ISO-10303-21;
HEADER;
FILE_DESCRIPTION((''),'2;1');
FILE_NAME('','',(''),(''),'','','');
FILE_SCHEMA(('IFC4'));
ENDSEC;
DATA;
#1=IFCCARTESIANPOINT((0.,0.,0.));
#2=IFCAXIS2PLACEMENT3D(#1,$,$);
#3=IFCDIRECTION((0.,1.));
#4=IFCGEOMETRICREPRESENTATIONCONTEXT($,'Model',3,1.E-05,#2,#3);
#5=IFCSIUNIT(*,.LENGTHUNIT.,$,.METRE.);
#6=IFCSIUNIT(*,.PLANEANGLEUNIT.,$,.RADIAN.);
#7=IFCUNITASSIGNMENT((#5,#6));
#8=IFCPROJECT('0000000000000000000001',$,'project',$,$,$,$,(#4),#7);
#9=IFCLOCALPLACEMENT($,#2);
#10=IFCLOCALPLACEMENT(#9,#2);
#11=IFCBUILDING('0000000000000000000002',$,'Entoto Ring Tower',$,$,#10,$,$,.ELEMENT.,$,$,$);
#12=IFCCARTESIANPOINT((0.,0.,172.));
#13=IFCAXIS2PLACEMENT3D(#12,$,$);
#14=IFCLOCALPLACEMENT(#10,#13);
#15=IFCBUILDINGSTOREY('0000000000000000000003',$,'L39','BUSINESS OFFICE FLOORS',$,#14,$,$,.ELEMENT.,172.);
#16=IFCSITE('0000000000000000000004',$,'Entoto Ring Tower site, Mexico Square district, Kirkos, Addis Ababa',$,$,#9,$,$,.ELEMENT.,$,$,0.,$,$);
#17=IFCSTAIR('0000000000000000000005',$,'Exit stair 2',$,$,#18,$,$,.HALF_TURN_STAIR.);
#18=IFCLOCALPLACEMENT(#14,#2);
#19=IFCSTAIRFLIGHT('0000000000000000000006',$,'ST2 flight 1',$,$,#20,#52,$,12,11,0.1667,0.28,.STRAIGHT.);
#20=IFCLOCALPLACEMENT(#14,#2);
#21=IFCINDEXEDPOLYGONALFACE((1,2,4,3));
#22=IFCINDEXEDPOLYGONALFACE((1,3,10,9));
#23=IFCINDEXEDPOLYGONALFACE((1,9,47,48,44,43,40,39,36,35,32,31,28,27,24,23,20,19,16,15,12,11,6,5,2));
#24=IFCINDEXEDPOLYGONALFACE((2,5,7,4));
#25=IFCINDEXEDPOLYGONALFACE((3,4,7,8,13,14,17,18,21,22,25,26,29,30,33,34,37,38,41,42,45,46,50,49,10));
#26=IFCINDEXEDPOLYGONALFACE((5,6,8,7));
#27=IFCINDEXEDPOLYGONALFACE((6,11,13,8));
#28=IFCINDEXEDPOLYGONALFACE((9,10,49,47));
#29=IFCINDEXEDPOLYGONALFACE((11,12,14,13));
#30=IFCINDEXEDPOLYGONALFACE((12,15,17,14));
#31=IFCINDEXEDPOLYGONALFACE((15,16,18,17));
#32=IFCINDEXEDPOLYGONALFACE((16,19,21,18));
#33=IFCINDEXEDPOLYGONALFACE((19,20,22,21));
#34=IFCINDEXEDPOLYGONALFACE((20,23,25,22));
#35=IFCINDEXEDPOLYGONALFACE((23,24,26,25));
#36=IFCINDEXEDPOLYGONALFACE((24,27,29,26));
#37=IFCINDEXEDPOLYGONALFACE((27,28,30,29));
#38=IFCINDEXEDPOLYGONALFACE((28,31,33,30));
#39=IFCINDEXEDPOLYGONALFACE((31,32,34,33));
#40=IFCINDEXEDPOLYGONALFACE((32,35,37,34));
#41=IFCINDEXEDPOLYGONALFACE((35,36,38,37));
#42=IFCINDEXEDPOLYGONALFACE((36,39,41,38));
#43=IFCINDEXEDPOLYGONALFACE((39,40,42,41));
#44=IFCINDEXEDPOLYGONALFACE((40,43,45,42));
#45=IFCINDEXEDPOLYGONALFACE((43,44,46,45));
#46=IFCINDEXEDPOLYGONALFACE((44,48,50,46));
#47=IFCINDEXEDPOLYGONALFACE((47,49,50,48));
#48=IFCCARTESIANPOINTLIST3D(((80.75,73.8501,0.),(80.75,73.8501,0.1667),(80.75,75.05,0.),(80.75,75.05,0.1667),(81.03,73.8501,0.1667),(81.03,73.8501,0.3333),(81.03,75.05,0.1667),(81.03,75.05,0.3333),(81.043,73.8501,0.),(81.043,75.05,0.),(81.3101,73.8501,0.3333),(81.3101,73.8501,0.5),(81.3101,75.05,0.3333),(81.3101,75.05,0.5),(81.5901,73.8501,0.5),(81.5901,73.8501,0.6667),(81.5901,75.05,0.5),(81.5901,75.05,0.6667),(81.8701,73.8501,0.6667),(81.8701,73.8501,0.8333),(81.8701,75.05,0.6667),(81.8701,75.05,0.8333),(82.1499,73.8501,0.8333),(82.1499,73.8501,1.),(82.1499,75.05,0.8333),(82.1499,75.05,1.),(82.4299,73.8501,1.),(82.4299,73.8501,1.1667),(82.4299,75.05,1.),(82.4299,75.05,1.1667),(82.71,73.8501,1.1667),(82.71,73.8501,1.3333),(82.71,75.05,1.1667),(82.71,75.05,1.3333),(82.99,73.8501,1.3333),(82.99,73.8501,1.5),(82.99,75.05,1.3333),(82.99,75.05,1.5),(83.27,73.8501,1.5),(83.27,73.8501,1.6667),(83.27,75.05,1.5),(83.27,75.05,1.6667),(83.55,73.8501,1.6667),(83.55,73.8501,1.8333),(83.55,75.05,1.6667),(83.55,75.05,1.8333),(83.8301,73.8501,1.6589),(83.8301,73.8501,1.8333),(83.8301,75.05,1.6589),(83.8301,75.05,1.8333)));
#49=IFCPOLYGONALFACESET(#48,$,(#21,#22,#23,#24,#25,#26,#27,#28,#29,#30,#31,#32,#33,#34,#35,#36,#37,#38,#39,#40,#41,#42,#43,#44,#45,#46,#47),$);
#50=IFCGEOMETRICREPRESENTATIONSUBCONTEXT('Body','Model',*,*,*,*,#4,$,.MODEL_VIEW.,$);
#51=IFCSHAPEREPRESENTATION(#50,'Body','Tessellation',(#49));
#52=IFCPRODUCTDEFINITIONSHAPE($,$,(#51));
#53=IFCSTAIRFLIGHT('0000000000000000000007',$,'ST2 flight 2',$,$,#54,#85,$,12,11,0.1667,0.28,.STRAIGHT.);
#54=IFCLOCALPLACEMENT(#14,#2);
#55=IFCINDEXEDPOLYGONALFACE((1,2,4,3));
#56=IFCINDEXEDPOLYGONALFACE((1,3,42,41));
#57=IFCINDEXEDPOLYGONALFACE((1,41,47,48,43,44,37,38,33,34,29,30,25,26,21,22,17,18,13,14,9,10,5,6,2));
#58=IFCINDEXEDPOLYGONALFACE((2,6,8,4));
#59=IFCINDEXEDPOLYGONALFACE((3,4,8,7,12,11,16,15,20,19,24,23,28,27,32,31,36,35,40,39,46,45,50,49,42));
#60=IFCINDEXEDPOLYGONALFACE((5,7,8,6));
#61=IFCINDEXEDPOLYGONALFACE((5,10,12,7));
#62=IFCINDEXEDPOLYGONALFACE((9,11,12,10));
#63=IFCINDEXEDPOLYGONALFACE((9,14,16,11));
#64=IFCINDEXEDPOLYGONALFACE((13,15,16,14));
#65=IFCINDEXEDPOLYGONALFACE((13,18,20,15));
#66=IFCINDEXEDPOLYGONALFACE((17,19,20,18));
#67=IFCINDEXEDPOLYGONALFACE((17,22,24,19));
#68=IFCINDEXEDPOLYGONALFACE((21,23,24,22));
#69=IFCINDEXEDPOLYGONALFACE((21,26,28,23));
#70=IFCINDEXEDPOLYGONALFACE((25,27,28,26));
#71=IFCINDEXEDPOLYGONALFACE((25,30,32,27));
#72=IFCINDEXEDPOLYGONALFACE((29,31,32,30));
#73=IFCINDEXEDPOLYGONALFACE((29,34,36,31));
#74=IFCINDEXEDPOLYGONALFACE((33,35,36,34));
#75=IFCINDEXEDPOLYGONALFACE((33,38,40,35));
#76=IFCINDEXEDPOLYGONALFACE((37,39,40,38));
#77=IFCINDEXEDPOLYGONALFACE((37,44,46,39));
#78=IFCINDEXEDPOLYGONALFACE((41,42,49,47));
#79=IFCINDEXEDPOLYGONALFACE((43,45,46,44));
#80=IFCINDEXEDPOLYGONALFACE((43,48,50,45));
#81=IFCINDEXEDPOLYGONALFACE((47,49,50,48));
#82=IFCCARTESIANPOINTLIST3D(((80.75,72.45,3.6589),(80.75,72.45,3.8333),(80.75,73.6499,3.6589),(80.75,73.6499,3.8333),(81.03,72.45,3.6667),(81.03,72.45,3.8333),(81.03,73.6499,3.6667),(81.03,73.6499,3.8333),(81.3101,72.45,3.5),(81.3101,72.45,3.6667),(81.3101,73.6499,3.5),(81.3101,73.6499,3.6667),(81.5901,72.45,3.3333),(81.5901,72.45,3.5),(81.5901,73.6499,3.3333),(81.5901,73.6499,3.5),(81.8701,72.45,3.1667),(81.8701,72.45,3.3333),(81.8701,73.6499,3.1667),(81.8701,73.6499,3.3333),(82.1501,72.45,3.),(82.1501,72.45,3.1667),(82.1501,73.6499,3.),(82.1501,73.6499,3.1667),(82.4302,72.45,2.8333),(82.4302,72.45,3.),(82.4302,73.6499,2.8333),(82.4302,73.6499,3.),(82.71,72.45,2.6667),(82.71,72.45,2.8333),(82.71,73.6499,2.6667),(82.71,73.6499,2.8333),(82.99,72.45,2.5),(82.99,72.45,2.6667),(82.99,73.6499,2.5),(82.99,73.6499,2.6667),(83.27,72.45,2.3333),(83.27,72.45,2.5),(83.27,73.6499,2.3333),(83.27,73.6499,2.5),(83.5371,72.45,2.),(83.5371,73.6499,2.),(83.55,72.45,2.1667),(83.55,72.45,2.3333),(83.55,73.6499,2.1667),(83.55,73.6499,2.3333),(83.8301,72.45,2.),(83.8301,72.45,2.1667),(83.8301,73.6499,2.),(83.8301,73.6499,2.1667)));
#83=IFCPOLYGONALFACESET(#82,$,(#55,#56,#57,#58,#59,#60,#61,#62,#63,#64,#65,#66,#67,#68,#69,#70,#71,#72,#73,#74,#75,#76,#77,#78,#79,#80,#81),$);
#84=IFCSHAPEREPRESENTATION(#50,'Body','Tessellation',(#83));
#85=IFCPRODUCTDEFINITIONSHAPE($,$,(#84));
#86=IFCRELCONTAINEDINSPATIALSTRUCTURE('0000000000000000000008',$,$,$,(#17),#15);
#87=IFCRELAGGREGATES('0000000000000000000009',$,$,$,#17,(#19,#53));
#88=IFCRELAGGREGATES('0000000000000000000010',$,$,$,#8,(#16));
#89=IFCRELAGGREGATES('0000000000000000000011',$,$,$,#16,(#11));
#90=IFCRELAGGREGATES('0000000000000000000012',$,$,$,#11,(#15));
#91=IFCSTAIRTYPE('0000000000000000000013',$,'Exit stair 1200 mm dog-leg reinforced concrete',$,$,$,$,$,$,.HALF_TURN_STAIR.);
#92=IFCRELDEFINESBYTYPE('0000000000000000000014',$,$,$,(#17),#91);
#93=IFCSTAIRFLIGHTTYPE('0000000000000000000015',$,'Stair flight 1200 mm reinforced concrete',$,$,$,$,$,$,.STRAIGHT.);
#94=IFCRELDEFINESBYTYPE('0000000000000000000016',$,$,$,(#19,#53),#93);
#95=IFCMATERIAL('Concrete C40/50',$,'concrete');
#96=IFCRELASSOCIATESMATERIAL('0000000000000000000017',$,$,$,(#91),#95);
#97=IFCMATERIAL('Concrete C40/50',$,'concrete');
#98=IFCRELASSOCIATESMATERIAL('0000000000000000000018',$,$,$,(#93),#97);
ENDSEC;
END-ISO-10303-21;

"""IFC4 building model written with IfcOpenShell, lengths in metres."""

from ifc_helpers import new_model, si_unit, direction, frame, origin, place, context, subcontext, project, spatial, polyline, outline, extrude, material, type_object, element, aggregate, save


model = new_model("IFC4")

# Units and contexts
model_context = context("Model", 3, precision=1e-05, world=origin(), true_north=direction((0.0, 1.0)))
body_context = subcontext(model_context, "Body", "Model", "MODEL_VIEW")
ifc_project = project(units=[si_unit("LENGTHUNIT", "METRE"), si_unit("PLANEANGLEUNIT", "RADIAN")], contexts=[model_context])

# Site, building, storey
site_placement = place(None, origin())
site = spatial("IfcSite", under=ifc_project, at=site_placement, Name="Entoto Ring Tower site, Mexico Square district, Kirkos, Addis Ababa", CompositionType="ELEMENT", RefElevation=0.0)
building_placement = place(site_placement, origin())
building = spatial("IfcBuilding", under=site, at=building_placement, Name="Entoto Ring Tower", CompositionType="ELEMENT")
storey_placement = place(building_placement, frame((0.0, 0.0, 172.0)))
storey = spatial("IfcBuildingStorey", under=building, at=storey_placement, Name="L39", Description="BUSINESS OFFICE FLOORS", CompositionType="ELEMENT", Elevation=172.0)

# Stair, stair flights
ifc_material_1 = material(Name="Concrete C40/50", Category="concrete")
stair_type = type_object("IfcStairType", Name="Exit stair 1200 mm dog-leg reinforced concrete", PredefinedType="HALF_TURN_STAIR", material=ifc_material_1)
stair_placement = place(storey_placement, origin())
stair = element("IfcStair", 1, at=stair_placement, inside=storey, type_object=stair_type, Name="Exit stair 2", PredefinedType="HALF_TURN_STAIR")
ifc_material_2 = material(Name="Concrete C40/50", Category="concrete")
stair_flight_type = type_object("IfcStairFlightType", Name="Stair flight 1200 mm reinforced concrete", PredefinedType="STRAIGHT", material=ifc_material_2)
stair_flight_1_placement = place(storey_placement, frame((80.75, 74.45, 0.0), z_axis=(0.0, 0.0, 1.0), x_axis=(1.0, 0.0, 0.0)))
stair_flight_1 = element("IfcStairFlight", 2, at=stair_flight_1_placement, type_object=stair_flight_type, Name="ST2 flight 1", NumberOfRisers=12, NumberOfTreads=11, PredefinedType="STRAIGHT", RiserHeight=0.1667, TreadLength=0.28, context=body_context, shape_type="SweptSolid", body=[
    extrude(outline(polyline([(0.0, 0.0), (0.0, 0.1667), (0.28, 0.1667), (0.28, 0.3333), (0.5601, 0.3333), (0.5601, 0.5), (0.8401, 0.5), (0.8401, 0.6667), (1.1201, 0.6667), (1.1201, 0.8333), (1.3999, 0.8333), (1.3999, 1.0), (1.6799, 1.0), (1.6799, 1.1667), (1.96, 1.1667), (1.96, 1.3333), (2.24, 1.3333), (2.24, 1.5), (2.52, 1.5), (2.52, 1.6667), (2.8, 1.6667), (2.8, 1.8333), (3.0801, 1.8333), (3.0801, 2.0), (3.0801, 1.6589), (0.293, 0.0), (0.0, 0.0)])), frame((0.0, 0.6001, 0.0), z_axis=(0.0, -1.0, 0.0), x_axis=(1.0, 0.0, 0.0)), (0.0, 0.0, 1.0), 1.2),
])
stair_flight_2_placement = place(storey_placement, frame((83.8301, 73.05, 2.0), z_axis=(0.0, 0.0, 1.0), x_axis=(-1.0, 0.0, 0.0)))
stair_flight_2 = element("IfcStairFlight", 3, at=stair_flight_2_placement, type_object=stair_flight_type, Name="ST2 flight 2", NumberOfRisers=12, NumberOfTreads=11, PredefinedType="STRAIGHT", RiserHeight=0.1667, TreadLength=0.28, context=body_context, shape_type="SweptSolid", body=[
    extrude(outline(polyline([(0.0, 0.0), (0.0, 0.1667), (0.28, 0.1667), (0.28, 0.3333), (0.5601, 0.3333), (0.5601, 0.5), (0.8401, 0.5), (0.8401, 0.6667), (1.1201, 0.6667), (1.1201, 0.8333), (1.3999, 0.8333), (1.3999, 1.0), (1.6799, 1.0), (1.6799, 1.1667), (1.96, 1.1667), (1.96, 1.3333), (2.24, 1.3333), (2.24, 1.5), (2.52, 1.5), (2.52, 1.6667), (2.8, 1.6667), (2.8, 1.8333), (3.0801, 1.8333), (3.0801, 2.0), (3.0801, 1.6589), (0.293, 0.0), (0.0, 0.0)])), frame((0.0, 0.6001, 0.0), z_axis=(0.0, -1.0, 0.0), x_axis=(1.0, 0.0, 0.0)), (0.0, 0.0, 1.0), 1.2),
])
aggregate(stair, [stair_flight_1, stair_flight_2])

save(model, "model.ifc")
